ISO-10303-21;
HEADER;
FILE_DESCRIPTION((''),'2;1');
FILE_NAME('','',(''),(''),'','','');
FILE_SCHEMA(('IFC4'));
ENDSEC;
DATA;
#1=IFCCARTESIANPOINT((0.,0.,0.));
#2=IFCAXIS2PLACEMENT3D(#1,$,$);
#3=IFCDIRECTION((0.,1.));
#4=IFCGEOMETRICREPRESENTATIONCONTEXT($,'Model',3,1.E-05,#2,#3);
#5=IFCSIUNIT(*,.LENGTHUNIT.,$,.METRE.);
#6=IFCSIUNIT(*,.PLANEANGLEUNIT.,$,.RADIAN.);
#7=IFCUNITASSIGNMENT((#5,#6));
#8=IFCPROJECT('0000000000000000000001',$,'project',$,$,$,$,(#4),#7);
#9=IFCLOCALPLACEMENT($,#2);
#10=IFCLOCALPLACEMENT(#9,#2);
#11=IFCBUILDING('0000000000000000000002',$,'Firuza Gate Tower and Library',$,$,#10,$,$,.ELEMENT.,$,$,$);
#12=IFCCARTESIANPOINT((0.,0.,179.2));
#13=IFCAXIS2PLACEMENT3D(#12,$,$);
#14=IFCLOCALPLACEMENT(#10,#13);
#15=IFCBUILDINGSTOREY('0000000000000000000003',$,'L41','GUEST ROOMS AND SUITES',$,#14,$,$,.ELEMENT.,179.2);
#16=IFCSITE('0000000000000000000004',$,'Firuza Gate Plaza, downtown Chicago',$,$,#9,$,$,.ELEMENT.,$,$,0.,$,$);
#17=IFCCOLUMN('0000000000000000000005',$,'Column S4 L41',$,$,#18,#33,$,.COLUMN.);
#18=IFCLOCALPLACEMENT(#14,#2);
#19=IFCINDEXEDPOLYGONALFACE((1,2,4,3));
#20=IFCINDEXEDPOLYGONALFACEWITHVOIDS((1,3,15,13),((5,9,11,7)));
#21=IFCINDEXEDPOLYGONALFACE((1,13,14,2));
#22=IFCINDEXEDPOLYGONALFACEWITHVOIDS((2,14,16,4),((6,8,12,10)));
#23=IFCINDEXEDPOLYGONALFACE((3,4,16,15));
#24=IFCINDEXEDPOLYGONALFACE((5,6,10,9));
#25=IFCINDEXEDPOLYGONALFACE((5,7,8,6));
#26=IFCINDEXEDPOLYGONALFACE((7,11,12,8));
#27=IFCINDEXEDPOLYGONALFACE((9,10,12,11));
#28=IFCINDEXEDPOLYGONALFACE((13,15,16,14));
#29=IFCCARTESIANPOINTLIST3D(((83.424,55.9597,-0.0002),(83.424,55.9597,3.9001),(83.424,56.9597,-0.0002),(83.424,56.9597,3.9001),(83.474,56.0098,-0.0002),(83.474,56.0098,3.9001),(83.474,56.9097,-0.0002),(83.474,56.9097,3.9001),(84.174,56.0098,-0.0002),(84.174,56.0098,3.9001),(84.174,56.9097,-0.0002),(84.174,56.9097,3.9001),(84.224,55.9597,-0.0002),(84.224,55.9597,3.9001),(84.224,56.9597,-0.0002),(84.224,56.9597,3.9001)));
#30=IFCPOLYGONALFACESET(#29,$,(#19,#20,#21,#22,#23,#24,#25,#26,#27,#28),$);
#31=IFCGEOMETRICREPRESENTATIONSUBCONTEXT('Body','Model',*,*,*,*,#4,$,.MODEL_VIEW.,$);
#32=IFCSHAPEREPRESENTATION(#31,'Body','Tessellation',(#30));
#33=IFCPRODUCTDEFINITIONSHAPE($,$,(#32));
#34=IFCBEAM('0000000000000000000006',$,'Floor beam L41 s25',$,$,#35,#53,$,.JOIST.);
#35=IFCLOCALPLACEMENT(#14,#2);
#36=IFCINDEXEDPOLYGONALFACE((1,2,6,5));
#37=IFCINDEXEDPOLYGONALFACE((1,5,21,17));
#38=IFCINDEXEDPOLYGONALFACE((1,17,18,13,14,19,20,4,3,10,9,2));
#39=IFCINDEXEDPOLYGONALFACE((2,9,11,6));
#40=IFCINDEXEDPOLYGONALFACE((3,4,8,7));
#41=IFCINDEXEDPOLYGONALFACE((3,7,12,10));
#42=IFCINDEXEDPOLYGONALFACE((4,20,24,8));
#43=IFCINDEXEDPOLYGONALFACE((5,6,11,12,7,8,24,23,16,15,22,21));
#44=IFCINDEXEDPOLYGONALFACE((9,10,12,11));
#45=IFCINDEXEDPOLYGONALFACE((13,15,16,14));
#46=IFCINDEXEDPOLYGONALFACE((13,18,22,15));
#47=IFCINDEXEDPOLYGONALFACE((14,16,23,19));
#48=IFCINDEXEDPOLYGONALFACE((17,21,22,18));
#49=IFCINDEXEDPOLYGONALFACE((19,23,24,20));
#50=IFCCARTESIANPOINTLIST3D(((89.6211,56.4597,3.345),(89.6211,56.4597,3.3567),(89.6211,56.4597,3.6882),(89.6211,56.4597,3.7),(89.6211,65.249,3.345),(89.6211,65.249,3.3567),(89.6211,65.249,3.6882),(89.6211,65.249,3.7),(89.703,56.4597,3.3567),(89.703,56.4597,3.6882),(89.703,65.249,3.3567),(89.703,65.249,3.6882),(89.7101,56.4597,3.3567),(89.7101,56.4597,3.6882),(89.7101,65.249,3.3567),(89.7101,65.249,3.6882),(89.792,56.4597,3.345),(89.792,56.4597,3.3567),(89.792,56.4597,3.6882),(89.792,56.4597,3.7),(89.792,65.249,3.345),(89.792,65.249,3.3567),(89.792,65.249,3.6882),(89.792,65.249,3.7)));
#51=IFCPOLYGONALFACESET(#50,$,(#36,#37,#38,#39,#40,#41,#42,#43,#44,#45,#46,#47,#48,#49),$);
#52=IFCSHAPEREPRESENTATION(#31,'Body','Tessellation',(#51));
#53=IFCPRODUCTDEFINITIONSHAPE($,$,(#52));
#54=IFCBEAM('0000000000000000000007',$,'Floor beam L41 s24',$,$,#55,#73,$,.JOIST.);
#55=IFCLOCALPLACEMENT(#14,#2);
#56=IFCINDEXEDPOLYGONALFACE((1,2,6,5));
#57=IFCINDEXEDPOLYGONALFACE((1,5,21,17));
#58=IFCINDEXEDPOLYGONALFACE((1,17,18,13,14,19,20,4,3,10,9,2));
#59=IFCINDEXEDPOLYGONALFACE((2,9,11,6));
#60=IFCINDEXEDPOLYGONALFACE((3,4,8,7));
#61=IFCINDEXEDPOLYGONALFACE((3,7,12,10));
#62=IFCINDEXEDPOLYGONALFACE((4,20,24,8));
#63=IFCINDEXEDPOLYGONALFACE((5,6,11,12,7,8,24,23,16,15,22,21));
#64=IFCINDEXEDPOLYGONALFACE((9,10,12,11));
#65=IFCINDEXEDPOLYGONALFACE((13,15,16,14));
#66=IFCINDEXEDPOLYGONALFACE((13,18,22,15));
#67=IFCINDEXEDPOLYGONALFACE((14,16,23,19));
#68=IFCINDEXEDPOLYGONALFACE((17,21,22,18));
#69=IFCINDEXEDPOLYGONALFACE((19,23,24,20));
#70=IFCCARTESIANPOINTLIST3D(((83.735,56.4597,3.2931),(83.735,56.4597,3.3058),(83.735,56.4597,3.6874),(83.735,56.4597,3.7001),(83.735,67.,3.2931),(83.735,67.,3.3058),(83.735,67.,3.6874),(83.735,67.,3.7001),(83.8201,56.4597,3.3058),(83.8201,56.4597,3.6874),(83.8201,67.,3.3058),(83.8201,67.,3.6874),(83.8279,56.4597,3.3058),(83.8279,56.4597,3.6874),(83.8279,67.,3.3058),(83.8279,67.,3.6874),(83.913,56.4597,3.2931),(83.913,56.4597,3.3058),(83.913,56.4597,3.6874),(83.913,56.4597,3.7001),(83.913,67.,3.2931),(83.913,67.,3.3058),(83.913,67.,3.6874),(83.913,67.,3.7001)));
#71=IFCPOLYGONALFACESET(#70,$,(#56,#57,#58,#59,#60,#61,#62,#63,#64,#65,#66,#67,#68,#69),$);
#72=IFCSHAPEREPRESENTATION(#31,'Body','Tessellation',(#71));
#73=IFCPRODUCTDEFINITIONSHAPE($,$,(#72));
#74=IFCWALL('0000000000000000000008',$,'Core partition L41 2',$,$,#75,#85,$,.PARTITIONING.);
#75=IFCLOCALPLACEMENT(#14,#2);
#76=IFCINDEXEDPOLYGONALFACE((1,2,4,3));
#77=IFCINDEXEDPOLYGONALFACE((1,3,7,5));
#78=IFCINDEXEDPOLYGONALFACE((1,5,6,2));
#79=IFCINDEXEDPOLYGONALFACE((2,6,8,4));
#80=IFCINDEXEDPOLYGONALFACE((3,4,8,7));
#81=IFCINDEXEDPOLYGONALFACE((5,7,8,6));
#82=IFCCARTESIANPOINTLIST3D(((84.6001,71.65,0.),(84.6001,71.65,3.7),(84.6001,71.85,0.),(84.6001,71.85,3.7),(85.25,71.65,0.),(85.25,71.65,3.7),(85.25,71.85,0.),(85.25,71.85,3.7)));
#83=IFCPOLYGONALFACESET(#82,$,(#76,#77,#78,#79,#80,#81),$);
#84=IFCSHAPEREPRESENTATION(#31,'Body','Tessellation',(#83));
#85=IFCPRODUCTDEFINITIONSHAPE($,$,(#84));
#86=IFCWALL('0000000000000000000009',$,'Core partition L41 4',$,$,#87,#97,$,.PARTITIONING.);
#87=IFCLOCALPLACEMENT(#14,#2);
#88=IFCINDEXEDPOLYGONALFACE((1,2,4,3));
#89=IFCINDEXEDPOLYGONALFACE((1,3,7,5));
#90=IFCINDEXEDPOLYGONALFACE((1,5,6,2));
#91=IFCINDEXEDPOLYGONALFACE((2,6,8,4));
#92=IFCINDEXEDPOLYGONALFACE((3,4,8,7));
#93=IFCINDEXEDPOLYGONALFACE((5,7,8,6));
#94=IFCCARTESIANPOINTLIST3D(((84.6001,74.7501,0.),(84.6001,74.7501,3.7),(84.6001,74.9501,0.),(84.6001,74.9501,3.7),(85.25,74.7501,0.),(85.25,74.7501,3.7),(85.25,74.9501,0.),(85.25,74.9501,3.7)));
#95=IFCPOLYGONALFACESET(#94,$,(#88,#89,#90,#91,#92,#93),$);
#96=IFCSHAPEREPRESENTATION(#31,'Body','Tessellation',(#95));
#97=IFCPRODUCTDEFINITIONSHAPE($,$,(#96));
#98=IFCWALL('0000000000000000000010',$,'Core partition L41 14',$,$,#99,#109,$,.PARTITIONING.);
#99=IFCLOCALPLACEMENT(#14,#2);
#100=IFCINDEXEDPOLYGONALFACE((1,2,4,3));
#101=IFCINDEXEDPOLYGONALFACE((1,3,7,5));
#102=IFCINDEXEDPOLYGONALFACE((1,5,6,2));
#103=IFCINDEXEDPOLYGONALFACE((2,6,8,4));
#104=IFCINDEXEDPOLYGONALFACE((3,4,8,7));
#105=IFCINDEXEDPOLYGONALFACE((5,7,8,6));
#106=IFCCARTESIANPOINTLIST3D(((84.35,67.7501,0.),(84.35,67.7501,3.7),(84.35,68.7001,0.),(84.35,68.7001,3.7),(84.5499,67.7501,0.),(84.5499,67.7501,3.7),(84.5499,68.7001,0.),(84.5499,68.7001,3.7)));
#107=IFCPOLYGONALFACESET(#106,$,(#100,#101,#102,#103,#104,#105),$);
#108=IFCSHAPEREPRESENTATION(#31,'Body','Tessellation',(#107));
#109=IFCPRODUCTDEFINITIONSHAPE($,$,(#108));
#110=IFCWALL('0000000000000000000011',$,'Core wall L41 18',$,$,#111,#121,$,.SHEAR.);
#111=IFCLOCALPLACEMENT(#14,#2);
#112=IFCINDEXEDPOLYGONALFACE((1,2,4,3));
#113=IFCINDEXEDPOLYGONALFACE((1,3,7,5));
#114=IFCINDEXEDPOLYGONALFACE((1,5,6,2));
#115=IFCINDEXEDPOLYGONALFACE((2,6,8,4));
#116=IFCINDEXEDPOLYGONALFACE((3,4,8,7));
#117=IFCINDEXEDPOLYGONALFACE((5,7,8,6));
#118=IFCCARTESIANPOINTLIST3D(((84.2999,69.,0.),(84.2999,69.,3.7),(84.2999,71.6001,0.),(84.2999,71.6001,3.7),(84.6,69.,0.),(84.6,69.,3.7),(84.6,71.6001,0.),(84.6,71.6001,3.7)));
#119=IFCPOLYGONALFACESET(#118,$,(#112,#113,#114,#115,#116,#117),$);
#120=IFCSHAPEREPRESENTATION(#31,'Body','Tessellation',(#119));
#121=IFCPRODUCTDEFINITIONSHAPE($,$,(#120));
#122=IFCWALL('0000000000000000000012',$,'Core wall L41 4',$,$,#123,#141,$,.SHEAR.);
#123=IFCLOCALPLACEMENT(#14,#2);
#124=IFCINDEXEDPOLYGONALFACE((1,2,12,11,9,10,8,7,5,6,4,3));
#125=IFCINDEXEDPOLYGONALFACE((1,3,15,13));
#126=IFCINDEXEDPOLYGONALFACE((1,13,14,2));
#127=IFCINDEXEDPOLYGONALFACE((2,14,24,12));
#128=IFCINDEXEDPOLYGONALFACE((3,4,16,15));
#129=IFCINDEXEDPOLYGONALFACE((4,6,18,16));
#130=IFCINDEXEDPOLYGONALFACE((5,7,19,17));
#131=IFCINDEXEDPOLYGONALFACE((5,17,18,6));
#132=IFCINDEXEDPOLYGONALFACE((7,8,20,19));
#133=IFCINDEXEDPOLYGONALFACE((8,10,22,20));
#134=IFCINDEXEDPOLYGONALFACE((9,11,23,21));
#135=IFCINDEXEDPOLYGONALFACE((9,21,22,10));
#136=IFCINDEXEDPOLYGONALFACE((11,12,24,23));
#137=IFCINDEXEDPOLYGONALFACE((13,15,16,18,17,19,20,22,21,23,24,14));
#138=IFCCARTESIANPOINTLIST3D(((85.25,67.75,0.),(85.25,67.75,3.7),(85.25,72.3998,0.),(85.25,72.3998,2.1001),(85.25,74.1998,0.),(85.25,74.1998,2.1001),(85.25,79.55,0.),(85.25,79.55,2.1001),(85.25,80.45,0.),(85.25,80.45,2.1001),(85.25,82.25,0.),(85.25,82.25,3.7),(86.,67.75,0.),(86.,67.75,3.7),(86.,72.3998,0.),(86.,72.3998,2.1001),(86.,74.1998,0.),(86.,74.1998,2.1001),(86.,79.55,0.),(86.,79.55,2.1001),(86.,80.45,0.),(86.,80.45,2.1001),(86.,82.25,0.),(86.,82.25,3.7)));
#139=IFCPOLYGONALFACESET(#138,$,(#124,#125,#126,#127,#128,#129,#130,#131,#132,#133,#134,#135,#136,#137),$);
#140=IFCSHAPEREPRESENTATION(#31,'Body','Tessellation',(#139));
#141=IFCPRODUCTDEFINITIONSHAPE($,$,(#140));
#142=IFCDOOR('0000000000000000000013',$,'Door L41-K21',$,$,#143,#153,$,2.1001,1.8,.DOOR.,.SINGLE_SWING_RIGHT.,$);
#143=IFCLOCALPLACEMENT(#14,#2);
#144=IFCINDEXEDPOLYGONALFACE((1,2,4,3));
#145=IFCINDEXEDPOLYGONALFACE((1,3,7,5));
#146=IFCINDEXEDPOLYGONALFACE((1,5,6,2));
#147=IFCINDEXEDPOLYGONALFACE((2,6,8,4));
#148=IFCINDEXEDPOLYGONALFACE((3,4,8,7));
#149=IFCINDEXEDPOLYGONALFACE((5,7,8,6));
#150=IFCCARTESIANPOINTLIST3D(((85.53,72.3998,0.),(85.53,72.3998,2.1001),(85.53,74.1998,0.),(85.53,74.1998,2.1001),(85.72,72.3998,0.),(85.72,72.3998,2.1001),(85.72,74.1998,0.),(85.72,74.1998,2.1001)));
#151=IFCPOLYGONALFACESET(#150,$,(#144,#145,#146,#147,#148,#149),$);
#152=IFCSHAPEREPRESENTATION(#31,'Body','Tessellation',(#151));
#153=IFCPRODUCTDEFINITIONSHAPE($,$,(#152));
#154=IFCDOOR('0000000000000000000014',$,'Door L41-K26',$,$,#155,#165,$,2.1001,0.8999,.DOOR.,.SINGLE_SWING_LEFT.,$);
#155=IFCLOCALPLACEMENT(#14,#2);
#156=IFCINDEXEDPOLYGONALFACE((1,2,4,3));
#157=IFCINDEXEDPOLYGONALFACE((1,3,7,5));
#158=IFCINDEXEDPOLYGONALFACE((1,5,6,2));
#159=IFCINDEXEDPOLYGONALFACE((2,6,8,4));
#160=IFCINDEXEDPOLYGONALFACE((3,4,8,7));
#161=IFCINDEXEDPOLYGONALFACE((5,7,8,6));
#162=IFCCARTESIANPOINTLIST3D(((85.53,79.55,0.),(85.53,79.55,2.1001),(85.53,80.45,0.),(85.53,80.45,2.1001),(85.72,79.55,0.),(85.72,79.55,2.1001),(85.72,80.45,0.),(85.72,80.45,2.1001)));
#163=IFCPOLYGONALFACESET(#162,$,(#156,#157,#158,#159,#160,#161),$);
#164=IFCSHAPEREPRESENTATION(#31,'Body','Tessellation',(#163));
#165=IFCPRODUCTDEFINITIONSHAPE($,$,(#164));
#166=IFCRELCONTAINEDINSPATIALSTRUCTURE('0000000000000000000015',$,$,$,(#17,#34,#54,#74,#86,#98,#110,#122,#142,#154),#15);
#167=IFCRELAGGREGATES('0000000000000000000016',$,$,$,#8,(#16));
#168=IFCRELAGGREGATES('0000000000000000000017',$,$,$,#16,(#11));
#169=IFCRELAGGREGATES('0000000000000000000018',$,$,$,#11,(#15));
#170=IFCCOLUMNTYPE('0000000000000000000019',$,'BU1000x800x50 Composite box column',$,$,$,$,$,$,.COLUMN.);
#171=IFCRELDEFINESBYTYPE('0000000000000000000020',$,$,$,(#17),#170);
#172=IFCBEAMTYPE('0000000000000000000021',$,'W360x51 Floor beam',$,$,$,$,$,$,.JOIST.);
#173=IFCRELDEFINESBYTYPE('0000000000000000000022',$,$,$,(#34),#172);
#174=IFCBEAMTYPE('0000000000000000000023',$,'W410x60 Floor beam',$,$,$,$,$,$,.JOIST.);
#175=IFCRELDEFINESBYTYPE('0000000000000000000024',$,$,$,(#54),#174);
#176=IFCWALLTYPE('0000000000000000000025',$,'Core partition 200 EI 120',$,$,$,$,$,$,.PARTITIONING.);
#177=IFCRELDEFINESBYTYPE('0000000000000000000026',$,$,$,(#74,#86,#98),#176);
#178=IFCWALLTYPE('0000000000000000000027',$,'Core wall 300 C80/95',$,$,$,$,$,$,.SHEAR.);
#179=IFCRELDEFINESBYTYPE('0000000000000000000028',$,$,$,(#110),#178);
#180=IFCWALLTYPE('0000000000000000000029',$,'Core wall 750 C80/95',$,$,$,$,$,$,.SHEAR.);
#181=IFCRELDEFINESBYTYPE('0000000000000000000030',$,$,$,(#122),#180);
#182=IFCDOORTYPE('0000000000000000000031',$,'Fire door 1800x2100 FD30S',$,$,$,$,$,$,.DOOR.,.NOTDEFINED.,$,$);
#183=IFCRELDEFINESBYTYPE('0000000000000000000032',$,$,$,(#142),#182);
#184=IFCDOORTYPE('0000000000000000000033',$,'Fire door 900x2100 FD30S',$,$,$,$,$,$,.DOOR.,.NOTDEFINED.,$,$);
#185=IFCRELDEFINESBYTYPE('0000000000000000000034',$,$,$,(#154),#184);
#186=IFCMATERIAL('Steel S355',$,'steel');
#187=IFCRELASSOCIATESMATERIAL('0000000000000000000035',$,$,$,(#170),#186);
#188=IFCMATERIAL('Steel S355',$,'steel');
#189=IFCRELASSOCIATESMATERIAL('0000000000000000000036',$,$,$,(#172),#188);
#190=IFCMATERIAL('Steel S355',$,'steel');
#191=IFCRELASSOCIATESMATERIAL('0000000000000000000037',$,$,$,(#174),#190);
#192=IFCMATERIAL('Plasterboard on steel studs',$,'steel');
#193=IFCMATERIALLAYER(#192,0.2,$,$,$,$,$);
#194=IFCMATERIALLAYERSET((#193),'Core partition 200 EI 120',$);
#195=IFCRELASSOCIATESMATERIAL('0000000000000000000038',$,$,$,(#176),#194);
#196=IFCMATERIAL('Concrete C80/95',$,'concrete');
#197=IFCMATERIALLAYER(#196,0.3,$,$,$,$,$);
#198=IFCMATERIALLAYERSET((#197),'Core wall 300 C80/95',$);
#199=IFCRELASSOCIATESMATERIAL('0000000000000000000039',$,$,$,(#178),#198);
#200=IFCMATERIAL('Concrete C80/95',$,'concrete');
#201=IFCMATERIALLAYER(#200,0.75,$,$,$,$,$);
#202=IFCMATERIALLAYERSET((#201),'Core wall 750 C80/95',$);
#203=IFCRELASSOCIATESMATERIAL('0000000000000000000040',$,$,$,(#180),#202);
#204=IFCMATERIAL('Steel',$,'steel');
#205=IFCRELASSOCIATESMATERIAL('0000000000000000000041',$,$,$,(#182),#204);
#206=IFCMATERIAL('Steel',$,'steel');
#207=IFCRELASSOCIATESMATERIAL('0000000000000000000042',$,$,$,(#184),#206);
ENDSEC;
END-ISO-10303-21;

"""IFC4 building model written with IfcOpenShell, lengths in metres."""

from ifc_helpers import new_model, si_unit, direction, frame, frame_2d, origin, origin_2d, place, context, subcontext, project, spatial, rectangle, hollow_rectangle, i_section, extrude, material, layer, layer_set, material_profile, profile_set, type_object, element, fill, save


model = new_model("IFC4")

# Units and contexts
model_context = context("Model", 3, precision=1e-05, world=origin(), true_north=direction((0.0, 1.0)))
body_context = subcontext(model_context, "Body", "Model", "MODEL_VIEW")
ifc_project = project(units=[si_unit("LENGTHUNIT", "METRE"), si_unit("PLANEANGLEUNIT", "RADIAN")], contexts=[model_context])

# Site, building, storey
site_placement = place(None, origin())
site = spatial("IfcSite", under=ifc_project, at=site_placement, Name="Firuza Gate Plaza, downtown Chicago", CompositionType="ELEMENT", RefElevation=0.0)
building_placement = place(site_placement, origin())
building = spatial("IfcBuilding", under=site, at=building_placement, Name="Firuza Gate Tower and Library", CompositionType="ELEMENT")
storey_placement = place(building_placement, frame((0.0, 0.0, 179.2)))
storey = spatial("IfcBuildingStorey", under=building, at=storey_placement, Name="L41", Description="GUEST ROOMS AND SUITES", CompositionType="ELEMENT", Elevation=179.2)

# Column
ifc_material_1 = material(Name="Steel S355", Category="steel")
ifc_material_profile_1 = material_profile(ifc_material_1, hollow_rectangle(XDim=0.8, YDim=1.0, WallThickness=0.05, at=origin_2d()))
ifc_profile_set_1 = profile_set([ifc_material_profile_1], Name="Steel S355")
column_type = type_object("IfcColumnType", Name="BU1000x800x50 Composite box column", PredefinedType="COLUMN", material=ifc_profile_set_1)
column_placement = place(storey_placement, frame((83.824, 56.4597, -0.0002), z_axis=(0.0, 0.0, 1.0), x_axis=(1.0, 0.0, 0.0)))
element("IfcColumn", 1, at=column_placement, inside=storey, type_object=column_type, Name="Column S4 L41", PredefinedType="COLUMN", context=body_context, shape_type="SweptSolid", body=[
    extrude(hollow_rectangle(XDim=0.8, YDim=1.0, WallThickness=0.05, at=origin_2d()), origin(), (0.0, 0.0, 1.0), 3.9004),
])

# Beams
ifc_material_2 = material(Name="Steel S355", Category="steel")
ifc_material_profile_2 = material_profile(ifc_material_2, i_section(OverallWidth=0.1709, OverallDepth=0.355, WebThickness=0.0071, FlangeThickness=0.0117, at=origin_2d()))
ifc_profile_set_2 = profile_set([ifc_material_profile_2], Name="Steel S355")
beam_type_1 = type_object("IfcBeamType", Name="W360x51 Floor beam", PredefinedType="JOIST", material=ifc_profile_set_2)
beam_1_placement = place(storey_placement, frame((89.7065, 56.4597, 3.5225), z_axis=(0.0, 1.0, 0.0), x_axis=(-1.0, 0.0, 0.0)))
element("IfcBeam", 2, at=beam_1_placement, inside=storey, type_object=beam_type_1, Name="Floor beam L41 s25", PredefinedType="JOIST", context=body_context, shape_type="SweptSolid", body=[
    extrude(i_section(OverallWidth=0.1709, OverallDepth=0.355, WebThickness=0.0071, FlangeThickness=0.0117, at=origin_2d()), origin(), (0.0, 0.0, 1.0), 8.7893),
])
ifc_material_3 = material(Name="Steel S355", Category="steel")
ifc_material_profile_3 = material_profile(ifc_material_3, i_section(OverallWidth=0.178, OverallDepth=0.407, WebThickness=0.0078, FlangeThickness=0.0127, at=origin_2d()))
ifc_profile_set_3 = profile_set([ifc_material_profile_3], Name="Steel S355")
beam_type_2 = type_object("IfcBeamType", Name="W410x60 Floor beam", PredefinedType="JOIST", material=ifc_profile_set_3)
beam_2_placement = place(storey_placement, frame((83.824, 56.4597, 3.4966), z_axis=(0.0, 1.0, 0.0), x_axis=(-1.0, 0.0, 0.0)))
element("IfcBeam", 3, at=beam_2_placement, inside=storey, type_object=beam_type_2, Name="Floor beam L41 s24", PredefinedType="JOIST", context=body_context, shape_type="SweptSolid", body=[
    extrude(i_section(OverallWidth=0.178, OverallDepth=0.407, WebThickness=0.0078, FlangeThickness=0.0127, at=origin_2d()), origin(), (0.0, 0.0, 1.0), 10.5403),
])

# Walls
ifc_material_4 = material(Name="Plasterboard on steel studs", Category="steel")
ifc_layer_1 = layer(ifc_material_4, 0.2)
ifc_layer_set_1 = layer_set([ifc_layer_1], Name="Core partition 200 EI 120")
wall_type_1 = type_object("IfcWallType", Name="Core partition 200 EI 120", PredefinedType="PARTITIONING", material=ifc_layer_set_1)
for number, where, z_axis, x_axis, name in (
    (4, (84.6001, 71.75, 0.0), (0.0, 0.0, 1.0), (1.0, 0.0, 0.0), "Core partition L41 2"),
    (5, (84.6001, 74.8501, 0.0), (0.0, 0.0, 1.0), (1.0, 0.0, 0.0), "Core partition L41 4"),
):
    element("IfcWall", number, at=place(storey_placement, frame(where, z_axis=z_axis, x_axis=x_axis)), inside=storey, type_object=wall_type_1, Name=name, PredefinedType="PARTITIONING", context=body_context, shape_type="SweptSolid", body=[
        extrude(rectangle(XDim=0.6499, YDim=0.2, at=frame_2d((0.325, 0.0))), origin(), (0.0, 0.0, 1.0), 3.7),
    ])
wall_1_placement = place(storey_placement, frame((84.45, 67.75, 0.0), z_axis=(0.0, 0.0, 1.0), x_axis=(0.0, 1.0, 0.0)))
element("IfcWall", 6, at=wall_1_placement, inside=storey, type_object=wall_type_1, Name="Core partition L41 14", PredefinedType="PARTITIONING", context=body_context, shape_type="SweptSolid", body=[
    extrude(rectangle(XDim=0.95, YDim=0.2, at=frame_2d((0.4751, 0.0))), origin(), (0.0, 0.0, 1.0), 3.7),
])
ifc_material_5 = material(Name="Concrete C80/95", Category="concrete")
ifc_layer_2 = layer(ifc_material_5, 0.3)
ifc_layer_set_2 = layer_set([ifc_layer_2], Name="Core wall 300 C80/95")
wall_type_2 = type_object("IfcWallType", Name="Core wall 300 C80/95", PredefinedType="SHEAR", material=ifc_layer_set_2)
wall_2_placement = place(storey_placement, frame((84.45, 69.0, 0.0), z_axis=(0.0, 0.0, 1.0), x_axis=(0.0, 1.0, 0.0)))
element("IfcWall", 7, at=wall_2_placement, inside=storey, type_object=wall_type_2, Name="Core wall L41 18", PredefinedType="SHEAR", context=body_context, shape_type="SweptSolid", body=[
    extrude(rectangle(XDim=2.6001, YDim=0.3, at=frame_2d((1.3, 0.0))), origin(), (0.0, 0.0, 1.0), 3.7),
])

# Wall, openings, doors
ifc_material_6 = material(Name="Concrete C80/95", Category="concrete")
ifc_layer_3 = layer(ifc_material_6, 0.75)
ifc_layer_set_3 = layer_set([ifc_layer_3], Name="Core wall 750 C80/95")
wall_type_3 = type_object("IfcWallType", Name="Core wall 750 C80/95", PredefinedType="SHEAR", material=ifc_layer_set_3)
wall_3_placement = place(storey_placement, frame((85.625, 67.75, 0.0), z_axis=(0.0, 0.0, 1.0), x_axis=(0.0, 1.0, 0.0)))
wall_3 = element("IfcWall", 8, at=wall_3_placement, inside=storey, type_object=wall_type_3, Name="Core wall L41 4", PredefinedType="SHEAR", context=body_context, shape_type="SweptSolid", body=[
    extrude(rectangle(XDim=14.5, YDim=0.75, at=frame_2d((7.25, 0.0))), origin(), (0.0, 0.0, 1.0), 3.7),
])
opening_1_placement = place(wall_3_placement, frame((4.6499, 0.0, 0.0)))
opening_1 = element("IfcOpeningElement", 9, at=opening_1_placement, cuts=wall_3, PredefinedType="OPENING", context=body_context, shape_type="SweptSolid", body=[
    extrude(rectangle(XDim=1.8, YDim=2.1001, at=frame_2d((0.8999, 1.05))), frame((0.0, 0.385, 0.0), z_axis=(0.0, -1.0, 0.0), x_axis=(1.0, 0.0, 0.0)), (0.0, 0.0, 1.0), 0.77),
])
opening_2_placement = place(wall_3_placement, frame((11.8, 0.0, 0.0)))
opening_2 = element("IfcOpeningElement", 10, at=opening_2_placement, cuts=wall_3, PredefinedType="OPENING", context=body_context, shape_type="SweptSolid", body=[
    extrude(rectangle(XDim=0.8999, YDim=2.1001, at=frame_2d((0.45, 1.05))), frame((0.0, 0.385, 0.0), z_axis=(0.0, -1.0, 0.0), x_axis=(1.0, 0.0, 0.0)), (0.0, 0.0, 1.0), 0.77),
])
ifc_material_7 = material(Name="Steel", Category="steel")
door_type_1 = type_object("IfcDoorType", Name="Fire door 1800x2100 FD30S", OperationType="NOTDEFINED", PredefinedType="DOOR", material=ifc_material_7)
door_1_placement = place(opening_1_placement, origin())
door_1 = element("IfcDoor", 11, at=door_1_placement, inside=storey, type_object=door_type_1, Name="Door L41-K21", OperationType="SINGLE_SWING_RIGHT", OverallHeight=2.1001, OverallWidth=1.8, PredefinedType="DOOR", context=body_context, shape_type="SweptSolid", body=[
    extrude(rectangle(XDim=1.8, YDim=2.1001, at=frame_2d((0.8999, 1.05))), frame((0.0, 0.095, 0.0), z_axis=(0.0, -1.0, 0.0), x_axis=(1.0, 0.0, 0.0)), (0.0, 0.0, 1.0), 0.1899),
])
fill(opening_1, door_1)
ifc_material_8 = material(Name="Steel", Category="steel")
door_type_2 = type_object("IfcDoorType", Name="Fire door 900x2100 FD30S", OperationType="NOTDEFINED", PredefinedType="DOOR", material=ifc_material_8)
door_2_placement = place(opening_2_placement, origin())
door_2 = element("IfcDoor", 12, at=door_2_placement, inside=storey, type_object=door_type_2, Name="Door L41-K26", OperationType="SINGLE_SWING_LEFT", OverallHeight=2.1001, OverallWidth=0.8999, PredefinedType="DOOR", context=body_context, shape_type="SweptSolid", body=[
    extrude(rectangle(XDim=0.8999, YDim=2.1001, at=frame_2d((0.45, 1.05))), frame((0.0, 0.095, 0.0), z_axis=(0.0, -1.0, 0.0), x_axis=(1.0, 0.0, 0.0)), (0.0, 0.0, 1.0), 0.1899),
])
fill(opening_2, door_2)

save(model, "model.ifc")
